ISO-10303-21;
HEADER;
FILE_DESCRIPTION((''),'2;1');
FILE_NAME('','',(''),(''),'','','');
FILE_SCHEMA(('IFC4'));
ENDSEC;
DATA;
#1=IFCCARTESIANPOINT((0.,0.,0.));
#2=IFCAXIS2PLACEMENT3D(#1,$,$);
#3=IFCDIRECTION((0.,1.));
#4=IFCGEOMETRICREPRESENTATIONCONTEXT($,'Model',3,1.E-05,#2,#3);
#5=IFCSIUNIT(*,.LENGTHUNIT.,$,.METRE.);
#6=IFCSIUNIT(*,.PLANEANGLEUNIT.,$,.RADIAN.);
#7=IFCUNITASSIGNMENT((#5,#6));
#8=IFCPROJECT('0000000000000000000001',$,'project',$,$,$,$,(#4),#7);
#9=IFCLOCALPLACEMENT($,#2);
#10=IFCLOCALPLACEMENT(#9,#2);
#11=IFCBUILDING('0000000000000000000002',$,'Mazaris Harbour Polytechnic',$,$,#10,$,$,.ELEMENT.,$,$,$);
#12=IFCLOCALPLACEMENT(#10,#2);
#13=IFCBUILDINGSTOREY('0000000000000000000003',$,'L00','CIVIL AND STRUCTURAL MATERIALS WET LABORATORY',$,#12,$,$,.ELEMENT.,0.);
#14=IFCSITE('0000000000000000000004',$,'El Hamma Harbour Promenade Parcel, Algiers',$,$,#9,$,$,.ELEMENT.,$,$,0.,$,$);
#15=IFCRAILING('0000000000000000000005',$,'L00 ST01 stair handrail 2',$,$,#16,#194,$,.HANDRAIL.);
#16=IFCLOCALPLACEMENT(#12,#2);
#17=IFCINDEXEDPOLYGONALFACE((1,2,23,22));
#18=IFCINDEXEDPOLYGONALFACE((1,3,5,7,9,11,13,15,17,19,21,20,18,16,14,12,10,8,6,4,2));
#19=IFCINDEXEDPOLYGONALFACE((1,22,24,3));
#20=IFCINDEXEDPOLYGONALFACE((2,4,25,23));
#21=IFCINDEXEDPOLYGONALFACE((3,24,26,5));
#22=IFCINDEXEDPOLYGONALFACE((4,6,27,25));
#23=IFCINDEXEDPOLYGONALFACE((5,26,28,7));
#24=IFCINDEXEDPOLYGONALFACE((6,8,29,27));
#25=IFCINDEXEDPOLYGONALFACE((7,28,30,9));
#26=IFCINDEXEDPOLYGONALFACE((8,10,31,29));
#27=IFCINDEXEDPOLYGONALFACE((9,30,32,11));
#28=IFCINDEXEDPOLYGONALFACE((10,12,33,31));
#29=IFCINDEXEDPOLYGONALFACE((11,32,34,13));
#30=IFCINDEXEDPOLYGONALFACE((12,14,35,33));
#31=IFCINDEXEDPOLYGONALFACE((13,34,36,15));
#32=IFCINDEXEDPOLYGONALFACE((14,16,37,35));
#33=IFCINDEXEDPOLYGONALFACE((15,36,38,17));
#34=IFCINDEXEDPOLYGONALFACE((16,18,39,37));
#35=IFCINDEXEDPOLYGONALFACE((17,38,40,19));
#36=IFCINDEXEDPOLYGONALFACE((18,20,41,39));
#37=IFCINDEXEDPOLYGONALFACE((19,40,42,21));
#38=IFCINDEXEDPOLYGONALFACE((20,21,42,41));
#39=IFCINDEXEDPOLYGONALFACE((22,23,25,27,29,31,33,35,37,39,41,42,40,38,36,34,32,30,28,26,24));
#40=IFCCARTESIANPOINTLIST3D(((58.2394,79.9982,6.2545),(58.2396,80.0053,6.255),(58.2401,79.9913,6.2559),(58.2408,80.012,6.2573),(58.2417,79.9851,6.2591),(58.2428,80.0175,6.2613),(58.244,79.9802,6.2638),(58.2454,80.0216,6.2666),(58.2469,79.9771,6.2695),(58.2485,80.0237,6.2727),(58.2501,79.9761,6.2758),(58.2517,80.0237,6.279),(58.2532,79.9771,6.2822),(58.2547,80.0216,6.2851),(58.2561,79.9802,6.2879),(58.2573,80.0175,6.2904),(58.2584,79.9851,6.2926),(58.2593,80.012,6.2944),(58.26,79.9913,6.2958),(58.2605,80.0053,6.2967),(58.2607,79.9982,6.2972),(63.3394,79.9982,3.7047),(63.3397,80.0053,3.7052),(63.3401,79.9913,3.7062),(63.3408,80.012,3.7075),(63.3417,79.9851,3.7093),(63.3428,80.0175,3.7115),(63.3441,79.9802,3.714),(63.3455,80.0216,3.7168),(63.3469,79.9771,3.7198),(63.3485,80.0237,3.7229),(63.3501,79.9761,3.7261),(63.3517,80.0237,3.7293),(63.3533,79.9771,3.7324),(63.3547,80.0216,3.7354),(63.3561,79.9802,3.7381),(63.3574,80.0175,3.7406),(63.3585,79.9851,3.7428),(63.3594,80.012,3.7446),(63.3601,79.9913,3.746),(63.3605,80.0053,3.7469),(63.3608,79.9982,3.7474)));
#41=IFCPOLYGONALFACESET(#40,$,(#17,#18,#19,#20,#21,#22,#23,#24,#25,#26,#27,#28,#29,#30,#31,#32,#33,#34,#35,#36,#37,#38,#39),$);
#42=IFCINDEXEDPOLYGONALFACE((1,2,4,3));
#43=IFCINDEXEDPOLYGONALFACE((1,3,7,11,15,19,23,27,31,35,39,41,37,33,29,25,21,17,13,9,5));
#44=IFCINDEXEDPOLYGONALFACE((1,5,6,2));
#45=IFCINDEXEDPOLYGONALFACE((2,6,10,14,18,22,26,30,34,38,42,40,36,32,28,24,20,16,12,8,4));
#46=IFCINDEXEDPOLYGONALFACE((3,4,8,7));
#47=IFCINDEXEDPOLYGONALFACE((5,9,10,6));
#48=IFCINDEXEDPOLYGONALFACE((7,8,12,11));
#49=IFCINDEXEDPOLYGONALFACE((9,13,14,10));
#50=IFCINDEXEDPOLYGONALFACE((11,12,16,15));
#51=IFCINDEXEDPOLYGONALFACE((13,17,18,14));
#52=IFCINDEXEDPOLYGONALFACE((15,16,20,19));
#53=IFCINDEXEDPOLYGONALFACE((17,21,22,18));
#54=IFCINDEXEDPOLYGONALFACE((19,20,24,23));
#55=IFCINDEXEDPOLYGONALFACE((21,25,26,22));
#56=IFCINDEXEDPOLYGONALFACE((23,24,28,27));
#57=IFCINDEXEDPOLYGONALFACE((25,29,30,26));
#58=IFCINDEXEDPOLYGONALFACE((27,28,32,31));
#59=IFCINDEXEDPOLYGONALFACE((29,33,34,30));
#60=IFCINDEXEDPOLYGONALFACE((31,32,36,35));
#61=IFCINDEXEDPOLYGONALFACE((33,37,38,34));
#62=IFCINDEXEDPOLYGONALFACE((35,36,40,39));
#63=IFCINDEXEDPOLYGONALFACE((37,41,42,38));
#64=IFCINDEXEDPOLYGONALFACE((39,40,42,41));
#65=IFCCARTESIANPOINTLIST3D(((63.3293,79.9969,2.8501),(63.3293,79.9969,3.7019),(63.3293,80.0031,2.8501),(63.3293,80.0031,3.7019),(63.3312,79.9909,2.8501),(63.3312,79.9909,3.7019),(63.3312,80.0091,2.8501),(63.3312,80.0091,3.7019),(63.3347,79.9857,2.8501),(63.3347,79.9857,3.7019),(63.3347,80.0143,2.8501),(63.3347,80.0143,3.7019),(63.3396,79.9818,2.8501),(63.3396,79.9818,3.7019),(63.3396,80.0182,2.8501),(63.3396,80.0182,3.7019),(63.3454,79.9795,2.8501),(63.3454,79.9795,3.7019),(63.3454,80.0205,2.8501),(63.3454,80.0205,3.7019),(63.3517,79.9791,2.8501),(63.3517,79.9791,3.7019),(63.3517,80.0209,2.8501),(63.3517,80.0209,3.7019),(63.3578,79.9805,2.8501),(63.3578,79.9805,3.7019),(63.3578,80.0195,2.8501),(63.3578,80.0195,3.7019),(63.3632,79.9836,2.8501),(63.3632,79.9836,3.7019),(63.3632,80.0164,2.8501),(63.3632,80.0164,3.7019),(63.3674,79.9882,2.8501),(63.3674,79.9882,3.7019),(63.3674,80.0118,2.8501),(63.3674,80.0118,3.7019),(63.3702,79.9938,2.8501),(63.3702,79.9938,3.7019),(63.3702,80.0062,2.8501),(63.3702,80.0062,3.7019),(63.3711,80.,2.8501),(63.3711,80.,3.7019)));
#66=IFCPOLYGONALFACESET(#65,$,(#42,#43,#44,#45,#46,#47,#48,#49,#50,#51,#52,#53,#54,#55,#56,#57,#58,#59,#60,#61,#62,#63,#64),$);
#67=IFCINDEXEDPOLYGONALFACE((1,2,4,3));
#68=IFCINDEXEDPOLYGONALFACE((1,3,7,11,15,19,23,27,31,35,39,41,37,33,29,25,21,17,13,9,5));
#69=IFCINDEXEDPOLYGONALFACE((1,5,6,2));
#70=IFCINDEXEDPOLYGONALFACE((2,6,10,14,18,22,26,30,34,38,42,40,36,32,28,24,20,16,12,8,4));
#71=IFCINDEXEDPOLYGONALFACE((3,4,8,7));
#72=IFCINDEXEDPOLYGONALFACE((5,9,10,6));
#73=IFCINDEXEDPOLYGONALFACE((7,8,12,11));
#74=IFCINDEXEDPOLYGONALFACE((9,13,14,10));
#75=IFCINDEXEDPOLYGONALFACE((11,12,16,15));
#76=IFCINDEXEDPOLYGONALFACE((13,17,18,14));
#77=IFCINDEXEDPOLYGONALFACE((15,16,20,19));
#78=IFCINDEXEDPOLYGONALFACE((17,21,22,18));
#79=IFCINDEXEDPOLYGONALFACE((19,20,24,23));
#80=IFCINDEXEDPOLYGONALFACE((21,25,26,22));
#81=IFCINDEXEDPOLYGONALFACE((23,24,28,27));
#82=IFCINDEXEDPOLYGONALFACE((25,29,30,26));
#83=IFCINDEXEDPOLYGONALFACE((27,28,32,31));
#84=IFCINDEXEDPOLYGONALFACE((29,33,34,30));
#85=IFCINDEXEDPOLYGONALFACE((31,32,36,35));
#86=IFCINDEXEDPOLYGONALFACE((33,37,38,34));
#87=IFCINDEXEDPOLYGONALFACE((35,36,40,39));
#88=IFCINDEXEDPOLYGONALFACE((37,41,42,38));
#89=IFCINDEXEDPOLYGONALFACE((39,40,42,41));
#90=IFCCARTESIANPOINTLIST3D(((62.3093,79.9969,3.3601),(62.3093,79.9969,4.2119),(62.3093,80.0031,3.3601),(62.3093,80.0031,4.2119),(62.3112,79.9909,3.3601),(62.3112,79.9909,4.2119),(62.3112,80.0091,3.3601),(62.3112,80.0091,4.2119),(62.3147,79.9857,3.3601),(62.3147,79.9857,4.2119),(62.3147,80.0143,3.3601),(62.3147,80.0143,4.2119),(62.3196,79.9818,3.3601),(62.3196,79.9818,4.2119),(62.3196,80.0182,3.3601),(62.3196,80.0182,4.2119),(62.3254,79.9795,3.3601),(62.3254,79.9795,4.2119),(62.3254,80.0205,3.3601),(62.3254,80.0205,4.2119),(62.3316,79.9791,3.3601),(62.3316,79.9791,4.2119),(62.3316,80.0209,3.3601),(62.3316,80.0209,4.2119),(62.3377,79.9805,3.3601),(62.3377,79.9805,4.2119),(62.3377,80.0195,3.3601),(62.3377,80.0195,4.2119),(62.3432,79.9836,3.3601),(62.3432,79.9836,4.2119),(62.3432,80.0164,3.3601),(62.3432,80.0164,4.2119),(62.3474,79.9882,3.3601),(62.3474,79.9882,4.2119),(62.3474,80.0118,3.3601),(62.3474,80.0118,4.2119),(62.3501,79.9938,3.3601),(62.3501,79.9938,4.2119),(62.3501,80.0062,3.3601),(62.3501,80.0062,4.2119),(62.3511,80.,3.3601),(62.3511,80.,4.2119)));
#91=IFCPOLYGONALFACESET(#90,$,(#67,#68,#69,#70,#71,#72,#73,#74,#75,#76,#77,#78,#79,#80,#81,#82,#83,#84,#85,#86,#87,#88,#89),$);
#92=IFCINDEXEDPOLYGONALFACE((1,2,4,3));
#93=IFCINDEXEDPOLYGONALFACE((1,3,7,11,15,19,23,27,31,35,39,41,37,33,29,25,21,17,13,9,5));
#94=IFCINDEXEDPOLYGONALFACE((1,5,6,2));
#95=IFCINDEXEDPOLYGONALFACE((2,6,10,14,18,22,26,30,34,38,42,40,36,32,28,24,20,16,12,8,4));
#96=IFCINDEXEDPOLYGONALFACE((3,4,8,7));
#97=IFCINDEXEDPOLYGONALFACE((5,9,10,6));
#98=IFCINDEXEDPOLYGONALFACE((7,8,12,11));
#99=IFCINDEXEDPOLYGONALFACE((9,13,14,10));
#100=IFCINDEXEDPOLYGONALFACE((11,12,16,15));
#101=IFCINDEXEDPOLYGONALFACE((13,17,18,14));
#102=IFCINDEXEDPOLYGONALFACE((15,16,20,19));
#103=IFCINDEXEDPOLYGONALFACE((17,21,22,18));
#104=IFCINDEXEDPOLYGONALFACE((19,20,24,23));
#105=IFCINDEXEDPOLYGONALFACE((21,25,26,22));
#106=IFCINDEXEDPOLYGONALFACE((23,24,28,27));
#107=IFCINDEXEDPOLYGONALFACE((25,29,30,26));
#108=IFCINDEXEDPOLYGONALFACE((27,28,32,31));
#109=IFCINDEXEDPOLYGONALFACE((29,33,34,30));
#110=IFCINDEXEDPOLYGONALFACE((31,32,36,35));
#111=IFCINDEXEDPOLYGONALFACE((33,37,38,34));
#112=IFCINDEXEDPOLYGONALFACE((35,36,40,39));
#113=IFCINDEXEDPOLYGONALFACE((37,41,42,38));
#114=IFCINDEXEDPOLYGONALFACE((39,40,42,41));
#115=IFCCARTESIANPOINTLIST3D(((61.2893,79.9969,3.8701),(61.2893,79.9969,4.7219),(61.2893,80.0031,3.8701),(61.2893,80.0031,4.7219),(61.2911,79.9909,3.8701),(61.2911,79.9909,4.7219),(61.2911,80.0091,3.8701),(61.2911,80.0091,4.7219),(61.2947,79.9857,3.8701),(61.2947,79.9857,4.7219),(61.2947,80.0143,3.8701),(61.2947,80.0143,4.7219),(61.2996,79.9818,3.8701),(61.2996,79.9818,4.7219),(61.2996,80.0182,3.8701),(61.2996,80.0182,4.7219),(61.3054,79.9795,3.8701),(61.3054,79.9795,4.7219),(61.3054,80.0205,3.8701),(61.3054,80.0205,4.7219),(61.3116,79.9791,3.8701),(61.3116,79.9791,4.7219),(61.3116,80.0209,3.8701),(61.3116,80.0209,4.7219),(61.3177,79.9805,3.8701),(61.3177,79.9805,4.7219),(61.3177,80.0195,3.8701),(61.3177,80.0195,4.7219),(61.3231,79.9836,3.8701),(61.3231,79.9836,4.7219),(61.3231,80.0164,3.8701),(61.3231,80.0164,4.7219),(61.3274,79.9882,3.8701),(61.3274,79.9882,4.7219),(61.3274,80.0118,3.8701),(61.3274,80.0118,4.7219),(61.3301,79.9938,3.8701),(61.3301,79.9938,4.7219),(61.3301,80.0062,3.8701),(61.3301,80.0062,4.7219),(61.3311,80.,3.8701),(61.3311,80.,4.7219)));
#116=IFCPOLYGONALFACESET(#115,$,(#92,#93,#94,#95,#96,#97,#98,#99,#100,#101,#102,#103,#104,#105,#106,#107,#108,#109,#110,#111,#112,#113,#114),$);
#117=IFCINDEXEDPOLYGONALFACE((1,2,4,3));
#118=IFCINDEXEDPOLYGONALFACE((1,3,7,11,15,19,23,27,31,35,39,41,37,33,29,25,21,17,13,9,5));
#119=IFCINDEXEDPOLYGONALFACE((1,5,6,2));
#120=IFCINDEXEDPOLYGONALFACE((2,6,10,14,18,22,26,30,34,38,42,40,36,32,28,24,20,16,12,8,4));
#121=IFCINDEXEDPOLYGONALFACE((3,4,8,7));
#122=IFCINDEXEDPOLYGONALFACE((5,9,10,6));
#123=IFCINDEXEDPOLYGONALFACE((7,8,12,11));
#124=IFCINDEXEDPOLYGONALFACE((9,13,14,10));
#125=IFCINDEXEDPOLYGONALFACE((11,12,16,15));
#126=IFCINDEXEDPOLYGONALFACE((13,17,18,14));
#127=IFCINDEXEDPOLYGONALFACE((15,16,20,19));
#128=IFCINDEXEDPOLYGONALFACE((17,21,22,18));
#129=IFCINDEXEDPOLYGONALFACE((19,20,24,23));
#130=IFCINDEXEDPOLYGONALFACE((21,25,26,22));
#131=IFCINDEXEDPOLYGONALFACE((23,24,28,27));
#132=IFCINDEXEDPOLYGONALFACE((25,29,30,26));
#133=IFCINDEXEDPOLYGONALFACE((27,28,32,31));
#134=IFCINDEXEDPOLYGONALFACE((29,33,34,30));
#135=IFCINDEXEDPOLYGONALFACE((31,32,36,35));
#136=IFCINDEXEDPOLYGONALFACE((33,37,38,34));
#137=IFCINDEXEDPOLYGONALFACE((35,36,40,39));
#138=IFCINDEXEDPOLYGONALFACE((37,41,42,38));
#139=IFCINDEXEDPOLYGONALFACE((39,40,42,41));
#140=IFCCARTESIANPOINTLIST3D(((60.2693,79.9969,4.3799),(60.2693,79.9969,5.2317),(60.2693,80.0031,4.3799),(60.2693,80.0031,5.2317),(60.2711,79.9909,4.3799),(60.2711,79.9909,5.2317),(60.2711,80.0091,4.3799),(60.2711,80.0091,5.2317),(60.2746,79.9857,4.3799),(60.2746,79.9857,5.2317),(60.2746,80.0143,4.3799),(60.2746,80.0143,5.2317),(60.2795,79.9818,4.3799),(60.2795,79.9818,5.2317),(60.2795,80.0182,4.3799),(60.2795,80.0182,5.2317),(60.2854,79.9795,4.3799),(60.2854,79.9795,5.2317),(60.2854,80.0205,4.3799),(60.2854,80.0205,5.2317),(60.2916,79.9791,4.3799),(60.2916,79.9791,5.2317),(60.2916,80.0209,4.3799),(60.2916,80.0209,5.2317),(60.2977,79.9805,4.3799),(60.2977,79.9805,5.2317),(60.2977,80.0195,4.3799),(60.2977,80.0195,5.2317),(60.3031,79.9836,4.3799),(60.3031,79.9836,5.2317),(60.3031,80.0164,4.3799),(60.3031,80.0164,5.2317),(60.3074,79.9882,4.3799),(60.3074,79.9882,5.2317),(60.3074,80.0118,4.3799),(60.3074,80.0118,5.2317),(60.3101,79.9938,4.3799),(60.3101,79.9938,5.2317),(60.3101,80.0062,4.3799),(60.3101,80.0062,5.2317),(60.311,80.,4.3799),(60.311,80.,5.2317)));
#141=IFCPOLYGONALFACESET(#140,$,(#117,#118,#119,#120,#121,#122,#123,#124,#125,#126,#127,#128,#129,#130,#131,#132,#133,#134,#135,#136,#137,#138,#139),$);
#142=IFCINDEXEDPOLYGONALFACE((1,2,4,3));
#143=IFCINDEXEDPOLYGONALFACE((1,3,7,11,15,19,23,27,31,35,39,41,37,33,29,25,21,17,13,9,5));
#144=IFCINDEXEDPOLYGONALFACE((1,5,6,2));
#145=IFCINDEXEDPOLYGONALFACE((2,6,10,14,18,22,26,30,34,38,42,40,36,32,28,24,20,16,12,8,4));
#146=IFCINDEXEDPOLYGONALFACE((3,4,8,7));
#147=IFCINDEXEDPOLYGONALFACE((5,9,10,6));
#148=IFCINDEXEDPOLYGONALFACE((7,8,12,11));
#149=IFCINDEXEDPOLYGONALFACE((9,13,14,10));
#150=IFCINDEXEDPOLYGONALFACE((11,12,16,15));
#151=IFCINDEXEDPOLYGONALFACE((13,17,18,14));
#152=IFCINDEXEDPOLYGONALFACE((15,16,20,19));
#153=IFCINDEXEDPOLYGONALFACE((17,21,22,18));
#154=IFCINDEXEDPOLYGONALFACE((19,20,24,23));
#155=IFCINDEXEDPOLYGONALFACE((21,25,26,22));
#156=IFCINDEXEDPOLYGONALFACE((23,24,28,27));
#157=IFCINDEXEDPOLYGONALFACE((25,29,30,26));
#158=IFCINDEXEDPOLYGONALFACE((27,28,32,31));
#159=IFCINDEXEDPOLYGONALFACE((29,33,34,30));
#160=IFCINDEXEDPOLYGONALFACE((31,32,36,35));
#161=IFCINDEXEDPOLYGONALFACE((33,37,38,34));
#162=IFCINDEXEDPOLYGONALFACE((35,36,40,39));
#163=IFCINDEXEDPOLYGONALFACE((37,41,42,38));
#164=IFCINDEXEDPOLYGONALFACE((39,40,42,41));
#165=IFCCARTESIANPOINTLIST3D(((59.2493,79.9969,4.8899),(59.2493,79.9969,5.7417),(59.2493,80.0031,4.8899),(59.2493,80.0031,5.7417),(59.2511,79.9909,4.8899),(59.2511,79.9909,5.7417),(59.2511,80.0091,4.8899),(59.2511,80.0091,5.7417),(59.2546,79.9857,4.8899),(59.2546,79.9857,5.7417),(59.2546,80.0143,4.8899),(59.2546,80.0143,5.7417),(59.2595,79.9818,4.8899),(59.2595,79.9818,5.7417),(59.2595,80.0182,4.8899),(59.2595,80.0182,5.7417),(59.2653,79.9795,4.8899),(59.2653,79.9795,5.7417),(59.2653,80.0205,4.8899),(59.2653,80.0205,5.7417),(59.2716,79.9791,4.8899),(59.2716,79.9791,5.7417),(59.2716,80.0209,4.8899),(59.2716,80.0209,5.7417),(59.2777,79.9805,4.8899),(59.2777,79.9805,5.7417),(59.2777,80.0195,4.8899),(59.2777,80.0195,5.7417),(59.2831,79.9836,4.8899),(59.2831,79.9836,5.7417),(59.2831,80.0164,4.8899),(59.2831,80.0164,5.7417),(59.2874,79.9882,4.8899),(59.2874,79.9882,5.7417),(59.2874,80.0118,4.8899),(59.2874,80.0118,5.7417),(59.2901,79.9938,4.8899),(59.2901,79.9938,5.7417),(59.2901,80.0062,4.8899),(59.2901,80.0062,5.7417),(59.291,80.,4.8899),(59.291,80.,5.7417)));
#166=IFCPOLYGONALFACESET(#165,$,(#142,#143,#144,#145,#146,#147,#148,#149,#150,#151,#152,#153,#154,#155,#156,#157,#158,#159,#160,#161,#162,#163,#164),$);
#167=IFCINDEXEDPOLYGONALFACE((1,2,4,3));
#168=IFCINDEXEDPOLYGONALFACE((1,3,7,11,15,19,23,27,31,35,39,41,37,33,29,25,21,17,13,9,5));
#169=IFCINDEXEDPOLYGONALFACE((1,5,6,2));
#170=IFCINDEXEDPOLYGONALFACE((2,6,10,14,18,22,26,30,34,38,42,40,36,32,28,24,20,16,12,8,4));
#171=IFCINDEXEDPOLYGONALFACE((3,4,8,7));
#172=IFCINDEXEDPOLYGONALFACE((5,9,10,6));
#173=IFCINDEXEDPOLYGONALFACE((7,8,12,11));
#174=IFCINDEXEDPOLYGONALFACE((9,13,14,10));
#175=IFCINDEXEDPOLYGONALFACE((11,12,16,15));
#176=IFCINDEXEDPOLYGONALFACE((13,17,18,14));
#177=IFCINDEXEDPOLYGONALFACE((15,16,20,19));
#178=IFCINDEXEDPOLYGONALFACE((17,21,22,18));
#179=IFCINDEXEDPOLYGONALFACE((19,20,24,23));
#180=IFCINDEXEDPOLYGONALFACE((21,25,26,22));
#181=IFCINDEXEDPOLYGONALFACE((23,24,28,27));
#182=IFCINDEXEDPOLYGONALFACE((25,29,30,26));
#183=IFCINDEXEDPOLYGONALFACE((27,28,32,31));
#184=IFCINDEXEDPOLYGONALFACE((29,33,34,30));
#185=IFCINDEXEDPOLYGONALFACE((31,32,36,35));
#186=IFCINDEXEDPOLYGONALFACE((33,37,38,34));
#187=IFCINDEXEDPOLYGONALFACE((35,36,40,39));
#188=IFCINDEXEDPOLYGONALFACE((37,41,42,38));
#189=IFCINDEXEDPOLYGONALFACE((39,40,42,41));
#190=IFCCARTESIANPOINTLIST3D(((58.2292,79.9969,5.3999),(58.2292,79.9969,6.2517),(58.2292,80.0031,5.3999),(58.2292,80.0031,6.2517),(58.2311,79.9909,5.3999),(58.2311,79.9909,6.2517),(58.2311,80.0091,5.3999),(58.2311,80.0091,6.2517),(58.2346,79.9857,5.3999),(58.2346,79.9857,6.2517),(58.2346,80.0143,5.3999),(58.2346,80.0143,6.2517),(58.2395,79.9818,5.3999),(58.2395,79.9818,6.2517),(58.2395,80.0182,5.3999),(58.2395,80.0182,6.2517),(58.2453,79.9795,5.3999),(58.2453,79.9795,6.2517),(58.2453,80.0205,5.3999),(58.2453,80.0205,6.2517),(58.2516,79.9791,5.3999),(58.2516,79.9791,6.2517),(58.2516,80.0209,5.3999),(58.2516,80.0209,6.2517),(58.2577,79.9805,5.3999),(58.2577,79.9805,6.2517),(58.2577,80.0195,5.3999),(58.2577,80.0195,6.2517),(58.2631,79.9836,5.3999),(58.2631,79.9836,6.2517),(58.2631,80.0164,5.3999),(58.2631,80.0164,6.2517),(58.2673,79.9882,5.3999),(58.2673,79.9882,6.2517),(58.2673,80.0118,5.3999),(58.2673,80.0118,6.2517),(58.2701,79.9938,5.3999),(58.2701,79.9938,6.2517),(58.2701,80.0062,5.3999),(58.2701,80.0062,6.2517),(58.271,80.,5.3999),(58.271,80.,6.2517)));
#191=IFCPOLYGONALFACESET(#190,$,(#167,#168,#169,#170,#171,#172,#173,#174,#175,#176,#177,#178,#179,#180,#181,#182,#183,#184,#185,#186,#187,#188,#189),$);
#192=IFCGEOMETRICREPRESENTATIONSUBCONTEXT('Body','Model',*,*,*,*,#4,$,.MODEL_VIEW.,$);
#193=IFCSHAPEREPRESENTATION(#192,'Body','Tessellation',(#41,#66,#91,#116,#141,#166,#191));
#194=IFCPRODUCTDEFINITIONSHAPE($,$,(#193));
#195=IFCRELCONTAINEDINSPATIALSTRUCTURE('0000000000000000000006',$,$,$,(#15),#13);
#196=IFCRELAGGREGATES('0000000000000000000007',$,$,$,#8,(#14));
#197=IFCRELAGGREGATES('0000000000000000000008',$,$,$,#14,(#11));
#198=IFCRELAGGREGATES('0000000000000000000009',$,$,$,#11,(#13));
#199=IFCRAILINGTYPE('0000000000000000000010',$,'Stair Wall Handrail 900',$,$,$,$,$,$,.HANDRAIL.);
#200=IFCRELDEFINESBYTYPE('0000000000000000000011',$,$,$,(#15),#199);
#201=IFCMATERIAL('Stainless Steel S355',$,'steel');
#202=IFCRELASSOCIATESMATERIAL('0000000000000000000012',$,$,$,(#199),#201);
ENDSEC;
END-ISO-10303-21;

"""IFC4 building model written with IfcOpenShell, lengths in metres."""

from ifc_helpers import new_model, si_unit, direction, frame, origin, origin_2d, place, context, subcontext, project, spatial, circle, extrude, material, type_object, element, save


model = new_model("IFC4")

# Units and contexts
model_context = context("Model", 3, precision=1e-05, world=origin(), true_north=direction((0.0, 1.0)))
body_context = subcontext(model_context, "Body", "Model", "MODEL_VIEW")
ifc_project = project(units=[si_unit("LENGTHUNIT", "METRE"), si_unit("PLANEANGLEUNIT", "RADIAN")], contexts=[model_context])

# Site, building, storey
site_placement = place(None, origin())
site = spatial("IfcSite", under=ifc_project, at=site_placement, Name="El Hamma Harbour Promenade Parcel, Algiers", CompositionType="ELEMENT", RefElevation=0.0)
building_placement = place(site_placement, origin())
building = spatial("IfcBuilding", under=site, at=building_placement, Name="Mazaris Harbour Polytechnic", CompositionType="ELEMENT")
storey_placement = place(building_placement, origin())
storey = spatial("IfcBuildingStorey", under=building, at=storey_placement, Name="L00", Description="CIVIL AND STRUCTURAL MATERIALS WET LABORATORY", CompositionType="ELEMENT", Elevation=0.0)

# Railing
ifc_material_1 = material(Name="Stainless Steel S355", Category="steel")
railing_type_1 = type_object("IfcRailingType", Name="Stair Wall Handrail 900", PredefinedType="HANDRAIL", material=ifc_material_1)
railing_1_placement = place(storey_placement, frame((63.3501, 80.0, 2.8501)))
element("IfcRailing", 1, at=railing_1_placement, inside=storey, type_object=railing_type_1, Name="L00 ST01 stair handrail 2", PredefinedType="HANDRAIL", context=body_context, shape_type="SweptSolid", body=[
    extrude(circle(Radius=0.0239, at=origin_2d()), frame((0.0, 0.0, 0.876), z_axis=(-0.894444, 0.0, 0.447179), x_axis=(0.0, -1.0, 0.0)), (0.0, 0.0, 1.0), 5.7019),
    extrude(circle(Radius=0.021, at=origin_2d()), origin(), (0.0, 0.0, 1.0), 0.8518),
    extrude(circle(Radius=0.021, at=origin_2d()), frame((-1.02, 0.0, 0.51)), (0.0, 0.0, 1.0), 0.8518),
    extrude(circle(Radius=0.021, at=origin_2d()), frame((-2.04, 0.0, 1.02)), (0.0, 0.0, 1.0), 0.8518),
    extrude(circle(Radius=0.021, at=origin_2d()), frame((-3.0601, 0.0, 1.5298)), (0.0, 0.0, 1.0), 0.8518),
    extrude(circle(Radius=0.021, at=origin_2d()), frame((-4.0801, 0.0, 2.0398)), (0.0, 0.0, 1.0), 0.8518),
    extrude(circle(Radius=0.021, at=origin_2d()), frame((-5.1001, 0.0, 2.5498)), (0.0, 0.0, 1.0), 0.8518),
])

save(model, "model.ifc")
